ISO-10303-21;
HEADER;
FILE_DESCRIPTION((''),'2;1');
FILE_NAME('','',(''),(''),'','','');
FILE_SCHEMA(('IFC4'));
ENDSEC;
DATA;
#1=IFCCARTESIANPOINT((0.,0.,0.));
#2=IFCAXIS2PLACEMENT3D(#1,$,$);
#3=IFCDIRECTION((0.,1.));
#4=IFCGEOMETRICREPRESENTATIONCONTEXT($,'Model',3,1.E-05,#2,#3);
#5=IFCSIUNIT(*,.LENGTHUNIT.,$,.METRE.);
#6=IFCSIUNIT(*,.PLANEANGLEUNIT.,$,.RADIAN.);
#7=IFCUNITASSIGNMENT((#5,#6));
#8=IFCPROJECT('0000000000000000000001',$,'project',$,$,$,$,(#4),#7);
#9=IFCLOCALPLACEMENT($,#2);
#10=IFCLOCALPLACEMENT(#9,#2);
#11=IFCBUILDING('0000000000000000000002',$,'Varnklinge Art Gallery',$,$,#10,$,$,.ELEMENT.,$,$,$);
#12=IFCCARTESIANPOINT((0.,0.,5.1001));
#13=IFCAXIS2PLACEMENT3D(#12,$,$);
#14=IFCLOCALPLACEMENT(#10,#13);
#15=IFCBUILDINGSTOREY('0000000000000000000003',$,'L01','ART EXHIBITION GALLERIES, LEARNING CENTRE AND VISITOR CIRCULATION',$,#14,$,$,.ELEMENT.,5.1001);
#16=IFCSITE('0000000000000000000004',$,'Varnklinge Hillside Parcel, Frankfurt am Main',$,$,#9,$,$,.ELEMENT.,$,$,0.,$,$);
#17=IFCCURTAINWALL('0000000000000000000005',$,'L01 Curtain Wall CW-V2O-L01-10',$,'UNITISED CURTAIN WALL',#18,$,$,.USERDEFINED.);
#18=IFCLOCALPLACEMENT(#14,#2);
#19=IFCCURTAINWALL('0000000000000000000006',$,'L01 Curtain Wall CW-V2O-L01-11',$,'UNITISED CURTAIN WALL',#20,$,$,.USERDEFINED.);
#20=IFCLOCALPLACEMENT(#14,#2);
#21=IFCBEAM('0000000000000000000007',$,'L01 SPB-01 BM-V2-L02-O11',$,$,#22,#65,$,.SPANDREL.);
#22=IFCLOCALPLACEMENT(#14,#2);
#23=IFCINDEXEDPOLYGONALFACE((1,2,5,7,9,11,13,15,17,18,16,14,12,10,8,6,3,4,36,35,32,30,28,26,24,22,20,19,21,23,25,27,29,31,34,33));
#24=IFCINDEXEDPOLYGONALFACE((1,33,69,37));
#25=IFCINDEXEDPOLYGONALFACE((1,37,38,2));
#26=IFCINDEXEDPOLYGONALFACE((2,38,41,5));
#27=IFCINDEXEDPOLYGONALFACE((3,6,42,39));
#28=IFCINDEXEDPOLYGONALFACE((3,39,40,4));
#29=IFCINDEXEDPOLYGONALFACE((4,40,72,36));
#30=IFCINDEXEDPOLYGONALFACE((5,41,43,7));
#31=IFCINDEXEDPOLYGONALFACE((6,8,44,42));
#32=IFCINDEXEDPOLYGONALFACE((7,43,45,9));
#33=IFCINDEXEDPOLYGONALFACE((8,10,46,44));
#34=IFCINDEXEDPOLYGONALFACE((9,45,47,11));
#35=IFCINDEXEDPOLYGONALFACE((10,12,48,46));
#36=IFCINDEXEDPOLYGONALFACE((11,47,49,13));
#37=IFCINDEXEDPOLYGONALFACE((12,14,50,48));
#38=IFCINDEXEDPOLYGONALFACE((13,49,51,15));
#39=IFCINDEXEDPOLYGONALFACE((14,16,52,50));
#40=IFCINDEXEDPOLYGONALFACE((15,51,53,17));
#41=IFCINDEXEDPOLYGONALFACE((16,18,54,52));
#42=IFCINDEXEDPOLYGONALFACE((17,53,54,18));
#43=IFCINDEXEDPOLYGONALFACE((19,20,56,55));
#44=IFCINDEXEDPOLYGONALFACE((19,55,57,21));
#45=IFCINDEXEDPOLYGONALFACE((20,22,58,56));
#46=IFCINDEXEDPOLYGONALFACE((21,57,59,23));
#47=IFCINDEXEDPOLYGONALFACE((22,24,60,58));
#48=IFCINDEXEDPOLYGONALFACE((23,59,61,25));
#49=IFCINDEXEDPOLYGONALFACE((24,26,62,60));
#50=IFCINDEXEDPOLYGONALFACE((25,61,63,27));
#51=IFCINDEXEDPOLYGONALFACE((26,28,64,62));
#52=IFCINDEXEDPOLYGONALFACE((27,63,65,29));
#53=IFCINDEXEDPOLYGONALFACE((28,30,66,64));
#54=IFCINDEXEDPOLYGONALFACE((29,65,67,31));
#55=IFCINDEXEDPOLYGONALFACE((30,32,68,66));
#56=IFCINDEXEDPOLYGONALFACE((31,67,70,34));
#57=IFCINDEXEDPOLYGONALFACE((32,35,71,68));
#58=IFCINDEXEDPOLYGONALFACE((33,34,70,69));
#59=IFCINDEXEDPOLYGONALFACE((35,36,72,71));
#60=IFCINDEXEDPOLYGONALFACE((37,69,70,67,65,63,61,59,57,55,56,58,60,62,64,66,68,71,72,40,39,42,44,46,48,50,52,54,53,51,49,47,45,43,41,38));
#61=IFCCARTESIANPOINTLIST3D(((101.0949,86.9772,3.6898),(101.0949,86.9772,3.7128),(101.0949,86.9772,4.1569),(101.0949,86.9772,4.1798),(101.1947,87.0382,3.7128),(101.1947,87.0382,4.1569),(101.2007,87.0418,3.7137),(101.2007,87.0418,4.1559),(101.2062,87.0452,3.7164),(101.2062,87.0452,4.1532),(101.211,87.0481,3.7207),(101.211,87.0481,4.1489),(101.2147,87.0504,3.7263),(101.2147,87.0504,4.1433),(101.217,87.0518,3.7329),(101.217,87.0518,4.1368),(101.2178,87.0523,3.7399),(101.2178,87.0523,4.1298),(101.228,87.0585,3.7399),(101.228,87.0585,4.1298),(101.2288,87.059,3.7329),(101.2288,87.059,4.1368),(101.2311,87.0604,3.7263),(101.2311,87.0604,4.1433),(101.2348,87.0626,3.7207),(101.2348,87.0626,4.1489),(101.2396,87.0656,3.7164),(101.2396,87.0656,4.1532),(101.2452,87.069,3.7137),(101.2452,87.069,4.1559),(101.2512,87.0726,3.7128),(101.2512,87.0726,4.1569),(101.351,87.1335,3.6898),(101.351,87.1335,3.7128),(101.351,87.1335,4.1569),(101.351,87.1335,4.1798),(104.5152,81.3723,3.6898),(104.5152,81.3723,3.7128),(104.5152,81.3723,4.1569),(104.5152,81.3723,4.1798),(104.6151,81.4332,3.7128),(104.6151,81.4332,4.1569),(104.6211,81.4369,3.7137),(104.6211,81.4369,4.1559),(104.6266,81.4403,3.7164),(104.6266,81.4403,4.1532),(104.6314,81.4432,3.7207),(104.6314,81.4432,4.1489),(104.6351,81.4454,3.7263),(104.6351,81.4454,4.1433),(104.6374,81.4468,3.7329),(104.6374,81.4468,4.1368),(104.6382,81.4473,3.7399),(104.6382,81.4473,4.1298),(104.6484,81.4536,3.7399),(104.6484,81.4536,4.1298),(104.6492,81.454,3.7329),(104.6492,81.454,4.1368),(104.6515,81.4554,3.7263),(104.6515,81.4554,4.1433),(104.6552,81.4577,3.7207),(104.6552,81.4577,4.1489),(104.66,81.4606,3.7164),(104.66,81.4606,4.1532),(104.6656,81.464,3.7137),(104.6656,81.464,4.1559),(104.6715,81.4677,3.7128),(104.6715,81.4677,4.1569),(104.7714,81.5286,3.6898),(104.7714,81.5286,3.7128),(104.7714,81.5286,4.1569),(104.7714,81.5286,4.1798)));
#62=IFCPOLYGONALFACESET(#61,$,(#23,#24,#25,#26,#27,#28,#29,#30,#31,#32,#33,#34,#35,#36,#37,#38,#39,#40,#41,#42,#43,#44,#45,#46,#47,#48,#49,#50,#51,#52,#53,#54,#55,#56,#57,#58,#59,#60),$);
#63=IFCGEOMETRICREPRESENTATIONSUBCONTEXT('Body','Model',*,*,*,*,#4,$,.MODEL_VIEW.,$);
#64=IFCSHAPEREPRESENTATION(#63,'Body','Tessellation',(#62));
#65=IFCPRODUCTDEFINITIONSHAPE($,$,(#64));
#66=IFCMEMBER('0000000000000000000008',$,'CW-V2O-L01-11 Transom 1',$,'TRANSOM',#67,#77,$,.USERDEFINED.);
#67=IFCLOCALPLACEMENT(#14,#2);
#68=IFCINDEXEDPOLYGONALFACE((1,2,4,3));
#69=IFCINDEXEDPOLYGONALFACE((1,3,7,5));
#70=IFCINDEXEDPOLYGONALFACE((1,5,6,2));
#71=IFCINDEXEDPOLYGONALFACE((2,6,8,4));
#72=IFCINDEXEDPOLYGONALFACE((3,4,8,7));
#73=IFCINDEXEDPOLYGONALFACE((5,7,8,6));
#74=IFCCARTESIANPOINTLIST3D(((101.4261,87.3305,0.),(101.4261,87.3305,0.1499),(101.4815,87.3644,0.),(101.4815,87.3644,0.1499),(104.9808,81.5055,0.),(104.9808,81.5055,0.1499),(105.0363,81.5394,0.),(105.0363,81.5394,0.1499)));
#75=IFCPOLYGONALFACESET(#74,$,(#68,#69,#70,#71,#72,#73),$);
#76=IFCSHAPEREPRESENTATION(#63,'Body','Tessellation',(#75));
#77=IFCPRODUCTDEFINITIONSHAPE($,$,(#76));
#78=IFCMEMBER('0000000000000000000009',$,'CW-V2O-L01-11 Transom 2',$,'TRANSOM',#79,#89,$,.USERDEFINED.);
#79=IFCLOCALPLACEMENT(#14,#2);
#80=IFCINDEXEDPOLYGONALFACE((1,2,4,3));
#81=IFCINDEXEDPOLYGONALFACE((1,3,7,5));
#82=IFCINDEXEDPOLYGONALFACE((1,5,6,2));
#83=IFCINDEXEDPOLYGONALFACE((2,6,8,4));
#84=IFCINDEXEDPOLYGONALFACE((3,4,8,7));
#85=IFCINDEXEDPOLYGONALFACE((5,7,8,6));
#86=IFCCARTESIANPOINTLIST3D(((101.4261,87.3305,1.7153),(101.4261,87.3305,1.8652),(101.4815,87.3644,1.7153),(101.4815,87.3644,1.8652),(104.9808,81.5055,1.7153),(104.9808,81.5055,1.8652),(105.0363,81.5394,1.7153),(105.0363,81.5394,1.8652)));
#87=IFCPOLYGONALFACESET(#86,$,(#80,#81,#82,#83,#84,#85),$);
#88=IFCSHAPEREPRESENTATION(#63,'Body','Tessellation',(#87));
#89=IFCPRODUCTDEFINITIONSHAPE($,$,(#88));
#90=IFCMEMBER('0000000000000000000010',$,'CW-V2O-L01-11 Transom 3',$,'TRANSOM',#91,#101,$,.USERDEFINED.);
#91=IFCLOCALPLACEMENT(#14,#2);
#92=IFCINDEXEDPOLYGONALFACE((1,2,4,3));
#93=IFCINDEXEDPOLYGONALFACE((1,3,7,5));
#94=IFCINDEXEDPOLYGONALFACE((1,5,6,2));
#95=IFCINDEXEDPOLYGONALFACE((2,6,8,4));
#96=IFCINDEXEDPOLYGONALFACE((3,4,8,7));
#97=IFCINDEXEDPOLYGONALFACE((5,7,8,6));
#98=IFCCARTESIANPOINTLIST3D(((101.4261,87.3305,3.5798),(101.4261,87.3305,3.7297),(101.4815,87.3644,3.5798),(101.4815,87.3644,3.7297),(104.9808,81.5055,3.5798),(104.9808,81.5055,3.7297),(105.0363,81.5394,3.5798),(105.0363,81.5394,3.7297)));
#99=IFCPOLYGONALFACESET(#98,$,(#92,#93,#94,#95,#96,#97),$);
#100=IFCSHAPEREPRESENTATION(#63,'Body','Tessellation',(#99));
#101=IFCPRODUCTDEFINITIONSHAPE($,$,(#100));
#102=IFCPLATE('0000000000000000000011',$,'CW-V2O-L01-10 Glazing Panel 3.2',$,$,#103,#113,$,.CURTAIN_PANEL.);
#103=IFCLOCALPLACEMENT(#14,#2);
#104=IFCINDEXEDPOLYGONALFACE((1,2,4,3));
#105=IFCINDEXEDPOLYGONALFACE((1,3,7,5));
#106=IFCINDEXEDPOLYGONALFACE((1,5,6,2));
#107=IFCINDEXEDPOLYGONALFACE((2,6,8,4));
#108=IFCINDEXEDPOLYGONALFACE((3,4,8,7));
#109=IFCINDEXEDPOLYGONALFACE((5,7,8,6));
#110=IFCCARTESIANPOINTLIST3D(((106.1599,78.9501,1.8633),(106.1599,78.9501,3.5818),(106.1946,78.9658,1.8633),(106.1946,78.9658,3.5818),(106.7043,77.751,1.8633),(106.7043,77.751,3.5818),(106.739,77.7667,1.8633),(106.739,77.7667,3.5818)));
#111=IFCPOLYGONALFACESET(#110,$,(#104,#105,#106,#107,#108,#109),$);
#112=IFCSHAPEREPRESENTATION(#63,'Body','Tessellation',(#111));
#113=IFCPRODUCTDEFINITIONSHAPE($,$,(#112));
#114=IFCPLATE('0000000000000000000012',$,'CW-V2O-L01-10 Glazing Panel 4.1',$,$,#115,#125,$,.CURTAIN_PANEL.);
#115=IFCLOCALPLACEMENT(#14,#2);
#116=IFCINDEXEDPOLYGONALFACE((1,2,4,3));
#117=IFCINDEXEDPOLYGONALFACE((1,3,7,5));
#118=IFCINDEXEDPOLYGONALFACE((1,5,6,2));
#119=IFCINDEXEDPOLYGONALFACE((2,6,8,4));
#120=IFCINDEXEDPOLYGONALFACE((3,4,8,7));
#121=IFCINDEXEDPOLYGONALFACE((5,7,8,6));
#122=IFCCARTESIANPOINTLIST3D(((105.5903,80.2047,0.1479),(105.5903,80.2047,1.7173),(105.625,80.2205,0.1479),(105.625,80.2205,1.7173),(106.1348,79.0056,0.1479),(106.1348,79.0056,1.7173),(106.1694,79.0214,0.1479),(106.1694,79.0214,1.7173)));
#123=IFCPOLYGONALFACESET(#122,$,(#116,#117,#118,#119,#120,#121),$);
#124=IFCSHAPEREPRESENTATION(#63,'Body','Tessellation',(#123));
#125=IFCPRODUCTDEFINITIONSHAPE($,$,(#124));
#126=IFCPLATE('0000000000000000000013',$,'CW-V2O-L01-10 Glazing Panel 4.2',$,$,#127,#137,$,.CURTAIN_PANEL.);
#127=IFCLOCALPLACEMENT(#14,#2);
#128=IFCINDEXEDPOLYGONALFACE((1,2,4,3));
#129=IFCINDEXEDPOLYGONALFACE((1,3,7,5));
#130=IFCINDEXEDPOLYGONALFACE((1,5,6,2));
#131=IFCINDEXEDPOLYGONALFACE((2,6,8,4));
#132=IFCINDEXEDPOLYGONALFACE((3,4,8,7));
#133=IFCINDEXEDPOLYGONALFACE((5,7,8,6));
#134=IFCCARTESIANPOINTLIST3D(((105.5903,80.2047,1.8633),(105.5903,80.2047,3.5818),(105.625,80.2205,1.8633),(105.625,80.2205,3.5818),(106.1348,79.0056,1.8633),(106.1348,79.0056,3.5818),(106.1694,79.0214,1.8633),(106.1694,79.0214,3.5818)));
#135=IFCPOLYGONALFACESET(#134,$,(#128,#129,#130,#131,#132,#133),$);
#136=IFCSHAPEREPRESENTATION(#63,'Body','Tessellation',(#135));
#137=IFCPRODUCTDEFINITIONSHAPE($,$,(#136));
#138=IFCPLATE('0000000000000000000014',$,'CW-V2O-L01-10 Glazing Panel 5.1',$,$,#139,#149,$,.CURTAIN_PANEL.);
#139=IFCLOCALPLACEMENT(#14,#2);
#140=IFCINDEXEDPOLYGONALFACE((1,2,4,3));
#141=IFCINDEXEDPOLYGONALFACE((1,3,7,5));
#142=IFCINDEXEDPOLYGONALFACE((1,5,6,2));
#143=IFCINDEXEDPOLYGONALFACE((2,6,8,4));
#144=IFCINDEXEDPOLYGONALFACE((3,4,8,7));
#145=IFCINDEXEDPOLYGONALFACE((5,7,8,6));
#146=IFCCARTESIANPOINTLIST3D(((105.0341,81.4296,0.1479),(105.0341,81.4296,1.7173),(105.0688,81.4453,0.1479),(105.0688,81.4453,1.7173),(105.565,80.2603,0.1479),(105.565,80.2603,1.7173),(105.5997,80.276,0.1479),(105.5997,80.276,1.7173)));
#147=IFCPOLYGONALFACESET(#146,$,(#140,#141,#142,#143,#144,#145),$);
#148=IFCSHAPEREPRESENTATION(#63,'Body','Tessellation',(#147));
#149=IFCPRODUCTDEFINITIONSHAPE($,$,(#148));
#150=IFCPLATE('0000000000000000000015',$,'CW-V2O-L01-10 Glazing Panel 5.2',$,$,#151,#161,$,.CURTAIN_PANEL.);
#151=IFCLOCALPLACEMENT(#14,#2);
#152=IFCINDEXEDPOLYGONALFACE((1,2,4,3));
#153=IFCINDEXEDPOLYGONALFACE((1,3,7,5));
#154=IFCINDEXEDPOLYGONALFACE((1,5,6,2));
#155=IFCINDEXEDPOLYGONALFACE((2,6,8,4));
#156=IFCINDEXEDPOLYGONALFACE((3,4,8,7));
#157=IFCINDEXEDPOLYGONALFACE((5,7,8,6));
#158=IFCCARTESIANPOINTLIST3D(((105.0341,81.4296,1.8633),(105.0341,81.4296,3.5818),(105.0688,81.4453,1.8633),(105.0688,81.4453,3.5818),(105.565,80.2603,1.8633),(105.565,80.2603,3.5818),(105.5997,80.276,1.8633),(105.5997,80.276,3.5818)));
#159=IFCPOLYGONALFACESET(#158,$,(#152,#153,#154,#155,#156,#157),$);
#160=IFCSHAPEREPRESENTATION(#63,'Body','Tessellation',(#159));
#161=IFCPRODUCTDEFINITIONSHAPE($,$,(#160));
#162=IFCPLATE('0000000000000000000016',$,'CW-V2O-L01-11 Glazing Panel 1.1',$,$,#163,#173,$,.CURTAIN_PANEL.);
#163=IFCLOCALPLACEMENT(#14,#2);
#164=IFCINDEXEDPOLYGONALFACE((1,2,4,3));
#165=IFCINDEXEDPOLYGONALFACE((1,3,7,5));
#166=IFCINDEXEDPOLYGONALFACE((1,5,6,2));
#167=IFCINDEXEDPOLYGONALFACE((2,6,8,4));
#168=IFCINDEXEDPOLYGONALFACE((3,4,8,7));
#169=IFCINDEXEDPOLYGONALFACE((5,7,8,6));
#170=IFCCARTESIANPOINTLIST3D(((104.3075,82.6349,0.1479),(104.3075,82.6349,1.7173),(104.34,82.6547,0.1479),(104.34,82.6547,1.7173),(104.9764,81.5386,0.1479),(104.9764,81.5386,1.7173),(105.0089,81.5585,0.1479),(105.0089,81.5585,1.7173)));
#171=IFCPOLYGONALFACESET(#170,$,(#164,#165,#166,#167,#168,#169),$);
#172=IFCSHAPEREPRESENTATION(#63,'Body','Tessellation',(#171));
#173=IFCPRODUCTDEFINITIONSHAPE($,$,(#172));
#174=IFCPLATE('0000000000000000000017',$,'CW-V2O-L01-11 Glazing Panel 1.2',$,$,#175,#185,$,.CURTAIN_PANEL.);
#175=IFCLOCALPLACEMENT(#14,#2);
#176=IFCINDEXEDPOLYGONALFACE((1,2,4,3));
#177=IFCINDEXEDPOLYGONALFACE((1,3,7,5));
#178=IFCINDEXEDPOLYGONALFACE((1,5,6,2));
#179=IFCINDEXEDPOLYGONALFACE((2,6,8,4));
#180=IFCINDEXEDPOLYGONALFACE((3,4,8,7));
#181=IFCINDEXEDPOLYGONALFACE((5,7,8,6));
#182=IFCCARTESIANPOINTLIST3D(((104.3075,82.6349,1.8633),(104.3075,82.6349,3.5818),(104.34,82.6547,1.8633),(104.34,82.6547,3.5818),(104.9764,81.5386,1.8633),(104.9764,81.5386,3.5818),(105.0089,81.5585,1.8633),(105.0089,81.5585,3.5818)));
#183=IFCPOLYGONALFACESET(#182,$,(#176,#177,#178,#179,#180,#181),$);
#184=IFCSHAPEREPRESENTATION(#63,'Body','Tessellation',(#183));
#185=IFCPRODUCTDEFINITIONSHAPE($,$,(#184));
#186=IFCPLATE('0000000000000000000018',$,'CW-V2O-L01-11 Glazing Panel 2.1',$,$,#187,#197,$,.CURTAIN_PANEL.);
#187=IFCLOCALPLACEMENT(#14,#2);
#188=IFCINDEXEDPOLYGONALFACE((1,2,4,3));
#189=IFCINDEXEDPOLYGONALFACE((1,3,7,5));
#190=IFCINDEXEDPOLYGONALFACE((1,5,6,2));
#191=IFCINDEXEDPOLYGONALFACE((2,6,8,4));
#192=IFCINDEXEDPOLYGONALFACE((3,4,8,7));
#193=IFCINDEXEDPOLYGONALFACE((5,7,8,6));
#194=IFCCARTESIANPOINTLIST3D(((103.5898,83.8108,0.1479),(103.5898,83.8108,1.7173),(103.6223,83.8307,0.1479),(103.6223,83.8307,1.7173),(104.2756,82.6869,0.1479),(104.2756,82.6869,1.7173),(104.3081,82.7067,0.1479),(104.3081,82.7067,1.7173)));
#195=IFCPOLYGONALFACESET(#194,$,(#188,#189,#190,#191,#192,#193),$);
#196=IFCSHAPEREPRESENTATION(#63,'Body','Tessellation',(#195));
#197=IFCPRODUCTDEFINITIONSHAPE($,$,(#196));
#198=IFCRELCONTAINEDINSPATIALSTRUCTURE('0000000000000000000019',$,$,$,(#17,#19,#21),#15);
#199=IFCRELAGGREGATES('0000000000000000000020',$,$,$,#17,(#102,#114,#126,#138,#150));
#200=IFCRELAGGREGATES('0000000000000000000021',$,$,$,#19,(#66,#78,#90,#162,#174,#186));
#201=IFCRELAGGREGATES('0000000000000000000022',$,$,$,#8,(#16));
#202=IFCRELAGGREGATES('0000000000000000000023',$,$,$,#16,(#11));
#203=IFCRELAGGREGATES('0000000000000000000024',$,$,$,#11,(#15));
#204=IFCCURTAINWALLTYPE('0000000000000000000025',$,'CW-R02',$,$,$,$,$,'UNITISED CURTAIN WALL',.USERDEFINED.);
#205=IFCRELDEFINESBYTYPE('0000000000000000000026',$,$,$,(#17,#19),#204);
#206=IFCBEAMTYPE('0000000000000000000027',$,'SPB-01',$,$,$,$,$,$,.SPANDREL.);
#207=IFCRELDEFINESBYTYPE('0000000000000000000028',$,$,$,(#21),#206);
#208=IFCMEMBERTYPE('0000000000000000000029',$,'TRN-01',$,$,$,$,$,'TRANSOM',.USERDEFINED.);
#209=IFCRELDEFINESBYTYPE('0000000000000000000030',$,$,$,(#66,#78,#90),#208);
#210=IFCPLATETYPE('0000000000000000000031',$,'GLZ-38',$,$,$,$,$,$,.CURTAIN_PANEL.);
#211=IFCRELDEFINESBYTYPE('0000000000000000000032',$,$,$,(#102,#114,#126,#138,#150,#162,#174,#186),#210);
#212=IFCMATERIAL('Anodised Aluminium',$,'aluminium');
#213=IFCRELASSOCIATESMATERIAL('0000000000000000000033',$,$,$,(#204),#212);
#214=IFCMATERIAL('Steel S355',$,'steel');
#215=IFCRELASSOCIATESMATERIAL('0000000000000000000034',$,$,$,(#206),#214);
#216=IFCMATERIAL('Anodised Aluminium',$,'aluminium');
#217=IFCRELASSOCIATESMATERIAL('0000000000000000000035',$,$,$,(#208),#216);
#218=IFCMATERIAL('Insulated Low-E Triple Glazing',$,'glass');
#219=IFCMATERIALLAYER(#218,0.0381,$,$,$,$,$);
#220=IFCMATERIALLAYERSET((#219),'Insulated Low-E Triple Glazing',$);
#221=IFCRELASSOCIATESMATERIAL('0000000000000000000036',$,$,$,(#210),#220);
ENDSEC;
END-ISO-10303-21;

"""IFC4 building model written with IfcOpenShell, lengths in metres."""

from ifc_helpers import new_model, si_unit, direction, frame, origin, origin_2d, place, context, subcontext, project, spatial, rectangle, i_section, extrude, material, layer, layer_set, material_profile, profile_set, type_object, element, aggregate, save


model = new_model("IFC4")

# Units and contexts
model_context = context("Model", 3, precision=1e-05, world=origin(), true_north=direction((0.0, 1.0)))
body_context = subcontext(model_context, "Body", "Model", "MODEL_VIEW")
ifc_project = project(units=[si_unit("LENGTHUNIT", "METRE"), si_unit("PLANEANGLEUNIT", "RADIAN")], contexts=[model_context])

# Site, building, storey
site_placement = place(None, origin())
site = spatial("IfcSite", under=ifc_project, at=site_placement, Name="Varnklinge Hillside Parcel, Frankfurt am Main", CompositionType="ELEMENT", RefElevation=0.0)
building_placement = place(site_placement, origin())
building = spatial("IfcBuilding", under=site, at=building_placement, Name="Varnklinge Art Gallery", CompositionType="ELEMENT")
storey_placement = place(building_placement, frame((0.0, 0.0, 5.1001)))
storey = spatial("IfcBuildingStorey", under=building, at=storey_placement, Name="L01", Description="ART EXHIBITION GALLERIES, LEARNING CENTRE AND VISITOR CIRCULATION", CompositionType="ELEMENT", Elevation=5.1001)

# Curtain walls
ifc_material_1 = material(Name="Anodised Aluminium", Category="aluminium")
curtain_wall_type = type_object("IfcCurtainWallType", Name="CW-R02", ElementType="UNITISED CURTAIN WALL", PredefinedType="USERDEFINED", material=ifc_material_1)
curtain_wall_1_placement = place(storey_placement, origin())
curtain_wall_1 = element("IfcCurtainWall", 1, at=curtain_wall_1_placement, inside=storey, type_object=curtain_wall_type, Name="L01 Curtain Wall CW-V2O-L01-10", ObjectType="UNITISED CURTAIN WALL", PredefinedType="USERDEFINED")
curtain_wall_2_placement = place(storey_placement, origin())
curtain_wall_2 = element("IfcCurtainWall", 2, at=curtain_wall_2_placement, inside=storey, type_object=curtain_wall_type, Name="L01 Curtain Wall CW-V2O-L01-11", ObjectType="UNITISED CURTAIN WALL", PredefinedType="USERDEFINED")

# Beam
ifc_material_2 = material(Name="Steel S355", Category="steel")
ifc_material_profile_1 = material_profile(ifc_material_2, i_section(OverallWidth=0.3, OverallDepth=0.49, WebThickness=0.012, FlangeThickness=0.0229, FilletRadius=0.0271, at=origin_2d()), Name="HEA 500")
ifc_profile_set_1 = profile_set([ifc_material_profile_1], Name="Steel S355")
beam_type_1 = type_object("IfcBeamType", Name="SPB-01", PredefinedType="SPANDREL", material=ifc_profile_set_1)
beam_1_placement = place(storey_placement, frame((104.6433, 81.4504, 3.9348), z_axis=(-0.520911, 0.853611, 0.0), x_axis=(-0.853611, -0.520911, 0.0)))
element("IfcBeam", 3, at=beam_1_placement, inside=storey, type_object=beam_type_1, Name="L01 SPB-01 BM-V2-L02-O11", PredefinedType="SPANDREL", context=body_context, shape_type="SweptSolid", body=[
    extrude(i_section(OverallWidth=0.3, OverallDepth=0.49, WebThickness=0.012, FlangeThickness=0.0229, FilletRadius=0.0271, at=origin_2d()), origin(), (0.0, 0.0, 1.0), 6.5662),
])

# Members
ifc_material_3 = material(Name="Anodised Aluminium", Category="aluminium")
ifc_material_profile_2 = material_profile(ifc_material_3, rectangle(XDim=0.0649, YDim=0.1499, at=origin_2d()), Name="ALU 65x150")
ifc_profile_set_2 = profile_set([ifc_material_profile_2], Name="Anodised Aluminium")
member_type_1 = type_object("IfcMemberType", Name="TRN-01", ElementType="TRANSOM", PredefinedType="USERDEFINED", material=ifc_profile_set_2)
member_1_placement = place(storey_placement, frame((105.0085, 81.5225, 0.075), z_axis=(-0.520916, 0.853608, 0.0), x_axis=(-0.853608, -0.520916, 0.0)))
member_1 = element("IfcMember", 4, at=member_1_placement, type_object=member_type_1, Name="CW-V2O-L01-11 Transom 1", ObjectType="TRANSOM", PredefinedType="USERDEFINED", context=body_context, shape_type="SweptSolid", body=[
    extrude(rectangle(XDim=0.0649, YDim=0.1499, at=origin_2d()), origin(), (0.0, 0.0, 1.0), 6.824),
])
member_2_placement = place(storey_placement, frame((105.0085, 81.5225, 1.7903), z_axis=(-0.520916, 0.853608, 0.0), x_axis=(-0.853608, -0.520916, 0.0)))
member_2 = element("IfcMember", 5, at=member_2_placement, type_object=member_type_1, Name="CW-V2O-L01-11 Transom 2", ObjectType="TRANSOM", PredefinedType="USERDEFINED", context=body_context, shape_type="SweptSolid", body=[
    extrude(rectangle(XDim=0.0649, YDim=0.1499, at=origin_2d()), origin(), (0.0, 0.0, 1.0), 6.824),
])
member_3_placement = place(storey_placement, frame((105.0085, 81.5225, 3.6548), z_axis=(-0.520916, 0.853608, 0.0), x_axis=(-0.853608, -0.520916, 0.0)))
member_3 = element("IfcMember", 6, at=member_3_placement, type_object=member_type_1, Name="CW-V2O-L01-11 Transom 3", ObjectType="TRANSOM", PredefinedType="USERDEFINED", context=body_context, shape_type="SweptSolid", body=[
    extrude(rectangle(XDim=0.0649, YDim=0.1499, at=origin_2d()), origin(), (0.0, 0.0, 1.0), 6.824),
])

# Plates
ifc_material_4 = material(Name="Insulated Low-E Triple Glazing", Category="glass")
ifc_layer_1 = layer(ifc_material_4, 0.0381)
ifc_layer_set_1 = layer_set([ifc_layer_1], Name="Insulated Low-E Triple Glazing")
plate_type_1 = type_object("IfcPlateType", Name="GLZ-38", PredefinedType="CURTAIN_PANEL", material=ifc_layer_set_1)
plate_1_placement = place(storey_placement, frame((106.4495, 78.3584, 1.8633), z_axis=(0.0, 0.0, 1.0), x_axis=(-0.413422, 0.910539, 0.0)))
plate_1 = element("IfcPlate", 7, at=plate_1_placement, type_object=plate_type_1, Name="CW-V2O-L01-10 Glazing Panel 3.2", PredefinedType="CURTAIN_PANEL", context=body_context, shape_type="SweptSolid", body=[
    extrude(rectangle(XDim=1.3169, YDim=0.0381, at=origin_2d()), origin(), (0.0, 0.0, 1.0), 1.7185),
])
plate_2_placement = place(storey_placement, frame((105.8799, 79.613, 0.1479), z_axis=(0.0, 0.0, 1.0), x_axis=(-0.413422, 0.910539, 0.0)))
plate_2 = element("IfcPlate", 8, at=plate_2_placement, type_object=plate_type_1, Name="CW-V2O-L01-10 Glazing Panel 4.1", PredefinedType="CURTAIN_PANEL", context=body_context, shape_type="SweptSolid", body=[
    extrude(rectangle(XDim=1.3169, YDim=0.0381, at=origin_2d()), origin(), (0.0, 0.0, 1.0), 1.5693),
])
plate_3_placement = place(storey_placement, frame((105.8799, 79.613, 1.8633), z_axis=(0.0, 0.0, 1.0), x_axis=(-0.413422, 0.910539, 0.0)))
plate_3 = element("IfcPlate", 9, at=plate_3_placement, type_object=plate_type_1, Name="CW-V2O-L01-10 Glazing Panel 4.2", PredefinedType="CURTAIN_PANEL", context=body_context, shape_type="SweptSolid", body=[
    extrude(rectangle(XDim=1.3169, YDim=0.0381, at=origin_2d()), origin(), (0.0, 0.0, 1.0), 1.7185),
])
plate_4_placement = place(storey_placement, frame((105.3169, 80.8528, 0.1479), z_axis=(0.0, 0.0, 1.0), x_axis=(-0.413422, 0.910539, 0.0)))
plate_4 = element("IfcPlate", 10, at=plate_4_placement, type_object=plate_type_1, Name="CW-V2O-L01-10 Glazing Panel 5.1", PredefinedType="CURTAIN_PANEL", context=body_context, shape_type="SweptSolid", body=[
    extrude(rectangle(XDim=1.2842, YDim=0.0381, at=origin_2d()), origin(), (0.0, 0.0, 1.0), 1.5693),
])
plate_5_placement = place(storey_placement, frame((105.3169, 80.8528, 1.8633), z_axis=(0.0, 0.0, 1.0), x_axis=(-0.413422, 0.910539, 0.0)))
plate_5 = element("IfcPlate", 11, at=plate_5_placement, type_object=plate_type_1, Name="CW-V2O-L01-10 Glazing Panel 5.2", PredefinedType="CURTAIN_PANEL", context=body_context, shape_type="SweptSolid", body=[
    extrude(rectangle(XDim=1.2842, YDim=0.0381, at=origin_2d()), origin(), (0.0, 0.0, 1.0), 1.7185),
])
aggregate(curtain_wall_1, [plate_1, plate_2, plate_3, plate_4, plate_5])
plate_6_placement = place(storey_placement, frame((104.6582, 82.0967, 0.1479), z_axis=(0.0, 0.0, 1.0), x_axis=(-0.520861, 0.853642, 0.0)))
plate_6 = element("IfcPlate", 12, at=plate_6_placement, type_object=plate_type_1, Name="CW-V2O-L01-11 Glazing Panel 1.1", PredefinedType="CURTAIN_PANEL", context=body_context, shape_type="SweptSolid", body=[
    extrude(rectangle(XDim=1.2842, YDim=0.0381, at=origin_2d()), origin(), (0.0, 0.0, 1.0), 1.5693),
])
plate_7_placement = place(storey_placement, frame((104.6582, 82.0967, 1.8633), z_axis=(0.0, 0.0, 1.0), x_axis=(-0.520861, 0.853642, 0.0)))
plate_7 = element("IfcPlate", 13, at=plate_7_placement, type_object=plate_type_1, Name="CW-V2O-L01-11 Glazing Panel 1.2", PredefinedType="CURTAIN_PANEL", context=body_context, shape_type="SweptSolid", body=[
    extrude(rectangle(XDim=1.2842, YDim=0.0381, at=origin_2d()), origin(), (0.0, 0.0, 1.0), 1.7185),
])
plate_8_placement = place(storey_placement, frame((103.949, 83.2588, 0.1479), z_axis=(0.0, 0.0, 1.0), x_axis=(-0.520861, 0.853642, 0.0)))
plate_8 = element("IfcPlate", 14, at=plate_8_placement, type_object=plate_type_1, Name="CW-V2O-L01-11 Glazing Panel 2.1", PredefinedType="CURTAIN_PANEL", context=body_context, shape_type="SweptSolid", body=[
    extrude(rectangle(XDim=1.3167, YDim=0.0381, at=origin_2d()), origin(), (0.0, 0.0, 1.0), 1.5693),
])
aggregate(curtain_wall_2, [member_1, member_2, member_3, plate_6, plate_7, plate_8])

save(model, "model.ifc")
